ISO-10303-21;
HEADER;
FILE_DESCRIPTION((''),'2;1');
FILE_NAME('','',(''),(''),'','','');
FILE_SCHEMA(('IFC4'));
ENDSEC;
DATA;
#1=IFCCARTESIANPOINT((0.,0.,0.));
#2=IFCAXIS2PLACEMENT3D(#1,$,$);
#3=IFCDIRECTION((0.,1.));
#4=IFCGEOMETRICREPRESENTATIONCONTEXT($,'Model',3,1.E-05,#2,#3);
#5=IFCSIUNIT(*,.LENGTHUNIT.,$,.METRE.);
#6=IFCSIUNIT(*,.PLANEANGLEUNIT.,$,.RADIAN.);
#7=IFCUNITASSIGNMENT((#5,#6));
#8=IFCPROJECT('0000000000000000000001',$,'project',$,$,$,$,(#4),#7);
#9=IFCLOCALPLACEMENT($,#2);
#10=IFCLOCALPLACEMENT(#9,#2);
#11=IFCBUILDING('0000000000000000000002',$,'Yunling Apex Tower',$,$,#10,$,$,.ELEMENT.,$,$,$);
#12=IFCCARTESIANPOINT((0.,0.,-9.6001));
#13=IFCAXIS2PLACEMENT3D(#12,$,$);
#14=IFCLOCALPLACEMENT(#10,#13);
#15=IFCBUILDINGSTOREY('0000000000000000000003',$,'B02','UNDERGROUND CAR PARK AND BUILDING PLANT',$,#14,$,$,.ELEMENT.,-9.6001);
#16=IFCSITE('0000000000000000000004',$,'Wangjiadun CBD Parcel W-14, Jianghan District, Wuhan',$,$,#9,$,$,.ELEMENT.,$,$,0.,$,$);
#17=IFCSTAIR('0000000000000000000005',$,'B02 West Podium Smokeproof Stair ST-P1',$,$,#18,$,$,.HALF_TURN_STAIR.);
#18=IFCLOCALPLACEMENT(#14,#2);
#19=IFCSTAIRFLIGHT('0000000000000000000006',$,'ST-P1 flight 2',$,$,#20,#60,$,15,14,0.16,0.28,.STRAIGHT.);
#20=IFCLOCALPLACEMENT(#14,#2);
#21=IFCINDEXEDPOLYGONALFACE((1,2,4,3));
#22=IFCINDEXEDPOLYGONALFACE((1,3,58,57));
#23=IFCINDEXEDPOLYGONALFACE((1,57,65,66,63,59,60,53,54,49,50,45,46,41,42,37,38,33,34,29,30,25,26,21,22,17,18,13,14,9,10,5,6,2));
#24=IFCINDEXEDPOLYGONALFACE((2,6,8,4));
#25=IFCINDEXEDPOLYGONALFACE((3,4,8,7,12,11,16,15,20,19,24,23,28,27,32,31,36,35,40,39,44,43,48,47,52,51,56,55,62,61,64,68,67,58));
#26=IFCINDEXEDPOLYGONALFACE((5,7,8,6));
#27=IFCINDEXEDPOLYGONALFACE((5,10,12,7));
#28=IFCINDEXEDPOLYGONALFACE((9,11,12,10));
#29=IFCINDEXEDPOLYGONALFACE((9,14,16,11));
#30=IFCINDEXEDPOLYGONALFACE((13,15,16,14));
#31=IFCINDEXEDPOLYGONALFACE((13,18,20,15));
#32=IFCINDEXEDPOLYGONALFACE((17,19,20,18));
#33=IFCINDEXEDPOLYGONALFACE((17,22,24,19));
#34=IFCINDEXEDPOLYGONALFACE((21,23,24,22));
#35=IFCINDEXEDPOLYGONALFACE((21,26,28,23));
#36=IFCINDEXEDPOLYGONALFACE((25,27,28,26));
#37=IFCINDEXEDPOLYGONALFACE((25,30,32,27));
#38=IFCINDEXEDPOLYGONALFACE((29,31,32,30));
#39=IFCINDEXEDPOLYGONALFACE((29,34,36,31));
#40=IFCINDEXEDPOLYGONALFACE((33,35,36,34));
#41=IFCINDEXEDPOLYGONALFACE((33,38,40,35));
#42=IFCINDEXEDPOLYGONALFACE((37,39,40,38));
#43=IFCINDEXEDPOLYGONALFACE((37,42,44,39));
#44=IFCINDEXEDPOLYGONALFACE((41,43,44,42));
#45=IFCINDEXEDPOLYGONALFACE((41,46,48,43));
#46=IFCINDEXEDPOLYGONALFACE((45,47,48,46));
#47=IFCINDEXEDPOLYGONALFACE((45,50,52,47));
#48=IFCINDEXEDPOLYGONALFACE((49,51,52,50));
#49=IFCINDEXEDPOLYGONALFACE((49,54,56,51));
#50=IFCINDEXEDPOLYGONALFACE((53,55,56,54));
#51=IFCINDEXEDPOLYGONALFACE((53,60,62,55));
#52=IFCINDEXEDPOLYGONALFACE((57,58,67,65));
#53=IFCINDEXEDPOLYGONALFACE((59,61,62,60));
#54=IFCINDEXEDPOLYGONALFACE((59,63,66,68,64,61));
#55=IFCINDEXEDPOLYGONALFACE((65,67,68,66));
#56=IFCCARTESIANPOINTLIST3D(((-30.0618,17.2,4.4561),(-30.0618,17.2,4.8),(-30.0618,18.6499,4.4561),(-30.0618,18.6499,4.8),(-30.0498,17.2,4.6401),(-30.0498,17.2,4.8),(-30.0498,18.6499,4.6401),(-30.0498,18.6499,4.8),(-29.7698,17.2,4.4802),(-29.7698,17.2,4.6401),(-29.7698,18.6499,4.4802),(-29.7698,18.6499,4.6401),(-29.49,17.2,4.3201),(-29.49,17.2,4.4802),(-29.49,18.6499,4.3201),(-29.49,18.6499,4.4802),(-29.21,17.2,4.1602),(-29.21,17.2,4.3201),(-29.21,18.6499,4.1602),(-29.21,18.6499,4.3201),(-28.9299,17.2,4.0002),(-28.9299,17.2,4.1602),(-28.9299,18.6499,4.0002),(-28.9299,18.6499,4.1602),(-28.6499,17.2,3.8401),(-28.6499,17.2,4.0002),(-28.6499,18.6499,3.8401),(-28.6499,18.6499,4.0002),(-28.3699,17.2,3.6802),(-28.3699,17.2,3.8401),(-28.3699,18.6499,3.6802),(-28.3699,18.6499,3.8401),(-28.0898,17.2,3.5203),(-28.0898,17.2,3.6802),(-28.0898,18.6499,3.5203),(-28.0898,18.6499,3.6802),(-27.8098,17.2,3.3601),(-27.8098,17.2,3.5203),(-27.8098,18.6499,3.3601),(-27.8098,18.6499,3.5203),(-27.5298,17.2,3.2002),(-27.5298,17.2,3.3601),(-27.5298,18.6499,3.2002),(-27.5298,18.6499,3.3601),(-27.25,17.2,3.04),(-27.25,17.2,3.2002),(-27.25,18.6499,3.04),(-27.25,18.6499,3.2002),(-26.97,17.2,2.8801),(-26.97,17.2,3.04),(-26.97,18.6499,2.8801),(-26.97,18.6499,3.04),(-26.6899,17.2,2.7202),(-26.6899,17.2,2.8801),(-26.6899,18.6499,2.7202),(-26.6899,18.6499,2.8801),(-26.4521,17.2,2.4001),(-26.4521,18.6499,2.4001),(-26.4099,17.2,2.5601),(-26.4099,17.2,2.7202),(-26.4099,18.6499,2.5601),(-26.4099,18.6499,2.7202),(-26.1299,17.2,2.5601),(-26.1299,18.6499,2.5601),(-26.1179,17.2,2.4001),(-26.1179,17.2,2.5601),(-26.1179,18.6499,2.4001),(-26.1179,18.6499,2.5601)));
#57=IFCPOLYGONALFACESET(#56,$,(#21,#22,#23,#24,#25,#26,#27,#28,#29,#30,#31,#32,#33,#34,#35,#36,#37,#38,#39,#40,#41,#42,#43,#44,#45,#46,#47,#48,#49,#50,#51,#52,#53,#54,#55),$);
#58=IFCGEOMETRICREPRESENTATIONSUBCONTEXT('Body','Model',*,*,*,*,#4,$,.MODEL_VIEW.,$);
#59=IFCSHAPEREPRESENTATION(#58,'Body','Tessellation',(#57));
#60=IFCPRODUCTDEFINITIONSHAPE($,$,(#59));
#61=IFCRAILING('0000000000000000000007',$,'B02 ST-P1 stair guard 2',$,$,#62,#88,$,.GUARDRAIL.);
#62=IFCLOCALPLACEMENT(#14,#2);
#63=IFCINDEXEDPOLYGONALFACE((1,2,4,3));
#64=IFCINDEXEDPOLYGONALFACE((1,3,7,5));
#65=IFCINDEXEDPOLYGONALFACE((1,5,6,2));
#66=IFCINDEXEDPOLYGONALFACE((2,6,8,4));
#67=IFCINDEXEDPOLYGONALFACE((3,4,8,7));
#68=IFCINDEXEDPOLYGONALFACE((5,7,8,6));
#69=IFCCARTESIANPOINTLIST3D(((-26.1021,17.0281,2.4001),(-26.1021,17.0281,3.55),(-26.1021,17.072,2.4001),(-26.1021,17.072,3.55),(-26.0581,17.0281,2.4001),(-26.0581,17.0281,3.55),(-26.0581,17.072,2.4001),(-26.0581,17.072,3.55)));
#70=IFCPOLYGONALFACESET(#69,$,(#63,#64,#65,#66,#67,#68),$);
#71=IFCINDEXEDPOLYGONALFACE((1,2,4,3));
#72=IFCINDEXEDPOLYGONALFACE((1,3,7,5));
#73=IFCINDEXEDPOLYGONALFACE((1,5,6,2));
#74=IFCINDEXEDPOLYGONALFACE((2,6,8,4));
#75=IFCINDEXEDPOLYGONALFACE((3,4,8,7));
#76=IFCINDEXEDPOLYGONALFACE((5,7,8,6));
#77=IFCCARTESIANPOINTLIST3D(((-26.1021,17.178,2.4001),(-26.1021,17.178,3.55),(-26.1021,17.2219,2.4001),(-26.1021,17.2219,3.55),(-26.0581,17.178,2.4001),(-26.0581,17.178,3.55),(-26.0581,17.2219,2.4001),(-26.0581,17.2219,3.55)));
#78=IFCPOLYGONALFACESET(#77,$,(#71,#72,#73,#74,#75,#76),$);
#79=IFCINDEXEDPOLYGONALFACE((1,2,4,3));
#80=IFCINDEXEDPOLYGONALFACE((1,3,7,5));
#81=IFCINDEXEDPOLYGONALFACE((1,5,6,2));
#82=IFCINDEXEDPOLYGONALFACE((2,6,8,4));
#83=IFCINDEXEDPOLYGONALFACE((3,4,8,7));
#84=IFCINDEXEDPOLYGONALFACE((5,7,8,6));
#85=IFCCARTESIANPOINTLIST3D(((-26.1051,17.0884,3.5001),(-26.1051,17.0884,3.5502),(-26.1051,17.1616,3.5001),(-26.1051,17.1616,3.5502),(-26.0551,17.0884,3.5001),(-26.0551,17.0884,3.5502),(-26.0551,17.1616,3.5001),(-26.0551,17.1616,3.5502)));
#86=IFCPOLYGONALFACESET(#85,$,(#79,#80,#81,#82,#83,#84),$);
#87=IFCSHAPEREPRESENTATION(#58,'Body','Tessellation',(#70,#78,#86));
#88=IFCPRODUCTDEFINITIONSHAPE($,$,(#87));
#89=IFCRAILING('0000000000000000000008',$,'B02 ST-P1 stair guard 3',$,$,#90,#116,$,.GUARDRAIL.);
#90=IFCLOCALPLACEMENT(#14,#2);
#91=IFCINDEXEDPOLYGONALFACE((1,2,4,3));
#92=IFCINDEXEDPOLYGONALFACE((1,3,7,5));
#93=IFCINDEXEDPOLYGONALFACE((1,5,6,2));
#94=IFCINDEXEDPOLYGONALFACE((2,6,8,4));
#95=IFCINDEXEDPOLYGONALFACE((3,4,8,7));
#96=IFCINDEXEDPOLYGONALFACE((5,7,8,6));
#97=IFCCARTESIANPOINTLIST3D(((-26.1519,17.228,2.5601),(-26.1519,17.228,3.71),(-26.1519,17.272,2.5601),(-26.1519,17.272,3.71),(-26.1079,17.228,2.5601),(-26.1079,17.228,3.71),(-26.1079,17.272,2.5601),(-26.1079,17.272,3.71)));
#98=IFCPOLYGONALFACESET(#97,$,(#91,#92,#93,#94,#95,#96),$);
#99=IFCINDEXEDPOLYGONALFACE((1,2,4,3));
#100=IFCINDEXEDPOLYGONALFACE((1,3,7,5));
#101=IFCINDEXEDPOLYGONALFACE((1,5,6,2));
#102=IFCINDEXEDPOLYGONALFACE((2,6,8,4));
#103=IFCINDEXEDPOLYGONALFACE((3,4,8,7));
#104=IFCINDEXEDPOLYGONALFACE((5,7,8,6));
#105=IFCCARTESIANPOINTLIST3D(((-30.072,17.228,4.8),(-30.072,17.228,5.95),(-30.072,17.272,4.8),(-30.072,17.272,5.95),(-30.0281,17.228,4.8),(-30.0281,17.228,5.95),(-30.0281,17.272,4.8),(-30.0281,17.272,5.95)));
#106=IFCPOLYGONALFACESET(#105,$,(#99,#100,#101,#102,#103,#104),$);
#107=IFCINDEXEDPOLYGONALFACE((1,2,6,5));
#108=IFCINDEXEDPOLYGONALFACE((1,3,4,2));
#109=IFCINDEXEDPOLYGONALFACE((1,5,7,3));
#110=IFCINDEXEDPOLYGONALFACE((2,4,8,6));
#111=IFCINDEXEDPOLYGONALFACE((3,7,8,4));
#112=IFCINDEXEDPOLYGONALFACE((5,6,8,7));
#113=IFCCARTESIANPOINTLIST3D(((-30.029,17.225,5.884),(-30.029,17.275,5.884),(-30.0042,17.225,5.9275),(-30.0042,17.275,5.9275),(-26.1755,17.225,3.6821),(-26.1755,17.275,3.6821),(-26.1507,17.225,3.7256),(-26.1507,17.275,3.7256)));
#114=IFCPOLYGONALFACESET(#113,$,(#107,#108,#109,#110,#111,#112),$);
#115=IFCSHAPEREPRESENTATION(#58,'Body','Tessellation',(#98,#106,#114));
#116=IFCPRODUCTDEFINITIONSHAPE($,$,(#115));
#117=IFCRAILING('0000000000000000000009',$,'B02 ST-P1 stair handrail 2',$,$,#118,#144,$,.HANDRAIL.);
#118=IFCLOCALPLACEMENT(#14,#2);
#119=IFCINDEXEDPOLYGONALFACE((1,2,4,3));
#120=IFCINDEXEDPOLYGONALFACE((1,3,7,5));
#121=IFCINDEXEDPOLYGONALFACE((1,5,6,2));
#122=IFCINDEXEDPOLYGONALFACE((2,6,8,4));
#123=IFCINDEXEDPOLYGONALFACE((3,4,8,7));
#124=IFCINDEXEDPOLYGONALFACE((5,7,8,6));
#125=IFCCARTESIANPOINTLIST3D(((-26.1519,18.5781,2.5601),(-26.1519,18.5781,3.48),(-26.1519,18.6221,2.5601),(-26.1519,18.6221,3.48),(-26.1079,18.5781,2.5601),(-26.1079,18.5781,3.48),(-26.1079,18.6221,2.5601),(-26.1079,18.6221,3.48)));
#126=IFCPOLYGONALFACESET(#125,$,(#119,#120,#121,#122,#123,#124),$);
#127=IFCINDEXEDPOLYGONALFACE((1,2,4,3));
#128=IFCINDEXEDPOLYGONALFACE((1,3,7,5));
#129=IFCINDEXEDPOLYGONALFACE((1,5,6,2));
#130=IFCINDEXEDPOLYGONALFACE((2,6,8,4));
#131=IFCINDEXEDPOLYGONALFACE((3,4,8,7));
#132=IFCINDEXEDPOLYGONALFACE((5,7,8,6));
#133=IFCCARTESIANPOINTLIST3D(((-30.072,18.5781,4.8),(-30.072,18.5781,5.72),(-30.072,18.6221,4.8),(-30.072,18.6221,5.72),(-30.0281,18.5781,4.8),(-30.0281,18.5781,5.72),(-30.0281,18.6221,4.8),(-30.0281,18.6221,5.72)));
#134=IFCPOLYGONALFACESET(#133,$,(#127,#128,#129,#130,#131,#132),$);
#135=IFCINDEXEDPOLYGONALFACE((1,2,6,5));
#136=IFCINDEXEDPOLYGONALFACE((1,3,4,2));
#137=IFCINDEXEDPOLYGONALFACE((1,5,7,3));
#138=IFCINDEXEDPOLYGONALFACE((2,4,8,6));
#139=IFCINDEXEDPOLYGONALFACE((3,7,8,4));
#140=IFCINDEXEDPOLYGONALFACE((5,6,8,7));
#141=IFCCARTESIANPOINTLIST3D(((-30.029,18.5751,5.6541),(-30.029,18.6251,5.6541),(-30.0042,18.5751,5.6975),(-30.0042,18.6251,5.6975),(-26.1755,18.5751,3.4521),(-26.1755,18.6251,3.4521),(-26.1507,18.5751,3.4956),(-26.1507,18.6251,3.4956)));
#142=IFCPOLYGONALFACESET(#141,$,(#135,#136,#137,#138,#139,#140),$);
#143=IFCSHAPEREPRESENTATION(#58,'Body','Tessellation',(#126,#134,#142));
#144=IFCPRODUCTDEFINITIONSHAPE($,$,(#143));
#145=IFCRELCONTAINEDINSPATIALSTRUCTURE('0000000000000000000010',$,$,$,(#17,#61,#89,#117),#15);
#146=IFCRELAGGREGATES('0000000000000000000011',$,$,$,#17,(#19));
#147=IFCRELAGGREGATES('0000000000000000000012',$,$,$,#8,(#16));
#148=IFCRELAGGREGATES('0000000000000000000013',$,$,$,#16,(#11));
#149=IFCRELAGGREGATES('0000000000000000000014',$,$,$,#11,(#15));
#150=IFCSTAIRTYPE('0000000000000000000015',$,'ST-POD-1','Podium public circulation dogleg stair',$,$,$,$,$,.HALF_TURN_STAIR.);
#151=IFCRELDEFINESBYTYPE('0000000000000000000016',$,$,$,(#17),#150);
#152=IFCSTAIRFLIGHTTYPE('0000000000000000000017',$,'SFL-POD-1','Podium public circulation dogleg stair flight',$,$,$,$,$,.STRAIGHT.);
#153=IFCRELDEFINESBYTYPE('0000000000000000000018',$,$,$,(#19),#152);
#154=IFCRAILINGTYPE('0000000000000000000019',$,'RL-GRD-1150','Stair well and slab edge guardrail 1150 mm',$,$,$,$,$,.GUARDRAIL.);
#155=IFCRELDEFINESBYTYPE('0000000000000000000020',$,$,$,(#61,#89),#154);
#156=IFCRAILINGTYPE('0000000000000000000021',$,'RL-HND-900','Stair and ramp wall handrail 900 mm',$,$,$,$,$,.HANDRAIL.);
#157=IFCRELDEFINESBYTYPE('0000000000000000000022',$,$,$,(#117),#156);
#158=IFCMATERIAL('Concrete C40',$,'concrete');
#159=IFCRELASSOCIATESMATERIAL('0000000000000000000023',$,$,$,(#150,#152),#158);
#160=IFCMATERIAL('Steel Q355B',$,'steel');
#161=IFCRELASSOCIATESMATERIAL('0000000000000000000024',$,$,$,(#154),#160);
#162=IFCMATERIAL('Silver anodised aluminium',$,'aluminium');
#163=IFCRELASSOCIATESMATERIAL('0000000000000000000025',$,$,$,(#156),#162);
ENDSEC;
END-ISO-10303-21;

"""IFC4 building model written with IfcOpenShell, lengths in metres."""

from ifc_helpers import new_model, si_unit, direction, frame, origin, origin_2d, place, context, subcontext, project, spatial, polyline, rectangle, outline, extrude, material, type_object, element, aggregate, save


model = new_model("IFC4")

# Units and contexts
model_context = context("Model", 3, precision=1e-05, world=origin(), true_north=direction((0.0, 1.0)))
body_context = subcontext(model_context, "Body", "Model", "MODEL_VIEW")
ifc_project = project(units=[si_unit("LENGTHUNIT", "METRE"), si_unit("PLANEANGLEUNIT", "RADIAN")], contexts=[model_context])

# Site, building, storey
site_placement = place(None, origin())
site = spatial("IfcSite", under=ifc_project, at=site_placement, Name="Wangjiadun CBD Parcel W-14, Jianghan District, Wuhan", CompositionType="ELEMENT", RefElevation=0.0)
building_placement = place(site_placement, origin())
building = spatial("IfcBuilding", under=site, at=building_placement, Name="Yunling Apex Tower", CompositionType="ELEMENT")
storey_placement = place(building_placement, frame((0.0, 0.0, -9.6001)))
storey = spatial("IfcBuildingStorey", under=building, at=storey_placement, Name="B02", Description="UNDERGROUND CAR PARK AND BUILDING PLANT", CompositionType="ELEMENT", Elevation=-9.6001)

# Shared definitions
ifc_material_1 = material(Name="Steel Q355B", Category="steel")

# Shared definitions
ifc_material_2 = material(Name="Concrete C40", Category="concrete")

# Stair, stair flight
stair_type = type_object("IfcStairType", Name="ST-POD-1", Description="Podium public circulation dogleg stair", PredefinedType="HALF_TURN_STAIR", material=ifc_material_2)
stair_placement = place(storey_placement, origin())
stair = element("IfcStair", 1, at=stair_placement, inside=storey, type_object=stair_type, Name="B02 West Podium Smokeproof Stair ST-P1", PredefinedType="HALF_TURN_STAIR")
stair_flight_type = type_object("IfcStairFlightType", Name="SFL-POD-1", Description="Podium public circulation dogleg stair flight", PredefinedType="STRAIGHT", material=ifc_material_2)
stair_flight_placement = place(storey_placement, frame((-26.1299, 17.925, 2.4001), z_axis=(0.0, 0.0, 1.0), x_axis=(-1.0, 0.0, 0.0)))
stair_flight = element("IfcStairFlight", 2, at=stair_flight_placement, type_object=stair_flight_type, Name="ST-P1 flight 2", NumberOfRisers=15, NumberOfTreads=14, PredefinedType="STRAIGHT", RiserHeight=0.16, TreadLength=0.28, context=body_context, shape_type="SweptSolid", body=[
    extrude(outline(polyline([(-0.012, 0.0), (-0.012, 0.1599), (0.0, 0.1599), (0.28, 0.1599), (0.28, 0.3201), (0.5601, 0.3201), (0.5601, 0.48), (0.8401, 0.48), (0.8401, 0.6399), (1.1201, 0.6399), (1.1201, 0.8), (1.3999, 0.8), (1.3999, 0.96), (1.6799, 0.96), (1.6799, 1.1201), (1.96, 1.1201), (1.96, 1.28), (2.24, 1.28), (2.24, 1.4399), (2.52, 1.4399), (2.52, 1.6001), (2.8, 1.6001), (2.8, 1.76), (3.0801, 1.76), (3.0801, 1.9199), (3.3601, 1.9199), (3.3601, 2.0801), (3.6399, 2.0801), (3.6399, 2.24), (3.9199, 2.24), (3.9199, 2.3999), (3.9319, 2.3999), (3.9319, 2.0559), (0.3223, 0.0), (-0.012, 0.0)])), frame((0.0, 0.7251, 0.0), z_axis=(0.0, -1.0, 0.0), x_axis=(1.0, 0.0, 0.0)), (0.0, 0.0, 1.0), 1.45),
])
aggregate(stair, [stair_flight])

# Railings
railing_type_1 = type_object("IfcRailingType", Name="RL-GRD-1150", Description="Stair well and slab edge guardrail 1150 mm", PredefinedType="GUARDRAIL", material=ifc_material_1)
railing_1_placement = place(storey_placement, frame((-26.0801, 17.05, 2.4001)))
element("IfcRailing", 3, at=railing_1_placement, inside=storey, type_object=railing_type_1, Name="B02 ST-P1 stair guard 2", PredefinedType="GUARDRAIL", context=body_context, shape_type="SweptSolid", body=[
    extrude(rectangle(XDim=0.0439, YDim=0.0439, at=origin_2d()), origin(), (0.0, 0.0, 1.0), 1.1499),
    extrude(rectangle(XDim=0.0439, YDim=0.0439, at=origin_2d()), frame((0.0, 0.1499, 0.0)), (0.0, 0.0, 1.0), 1.1499),
    extrude(rectangle(XDim=0.05, YDim=0.05, at=origin_2d()), frame((0.0, 0.0383, 1.125), z_axis=(0.0, 1.0, 0.0), x_axis=(-1.0, 0.0, 0.0)), (0.0, 0.0, 1.0), 0.0732),
])
railing_2_placement = place(storey_placement, frame((-26.1299, 17.25, 2.5601)))
element("IfcRailing", 4, at=railing_2_placement, inside=storey, type_object=railing_type_1, Name="B02 ST-P1 stair guard 3", PredefinedType="GUARDRAIL", context=body_context, shape_type="SweptSolid", body=[
    extrude(rectangle(XDim=0.0439, YDim=0.0439, at=origin_2d()), origin(), (0.0, 0.0, 1.0), 1.1499),
    extrude(rectangle(XDim=0.0439, YDim=0.0439, at=origin_2d()), frame((-3.9202, 0.0, 2.24)), (0.0, 0.0, 1.0), 1.1499),
    extrude(rectangle(XDim=0.05, YDim=0.05, at=origin_2d()), frame((-0.0332, 0.0, 1.1438), z_axis=(-0.868253, 0.0, 0.496121), x_axis=(0.0, -1.0, 0.0)), (0.0, 0.0, 1.0), 4.4382),
])
ifc_material_3 = material(Name="Silver anodised aluminium", Category="aluminium")
railing_type_2 = type_object("IfcRailingType", Name="RL-HND-900", Description="Stair and ramp wall handrail 900 mm", PredefinedType="HANDRAIL", material=ifc_material_3)
railing_3_placement = place(storey_placement, frame((-26.1299, 18.6001, 2.5601)))
element("IfcRailing", 5, at=railing_3_placement, inside=storey, type_object=railing_type_2, Name="B02 ST-P1 stair handrail 2", PredefinedType="HANDRAIL", context=body_context, shape_type="SweptSolid", body=[
    extrude(rectangle(XDim=0.0439, YDim=0.0439, at=origin_2d()), origin(), (0.0, 0.0, 1.0), 0.9199),
    extrude(rectangle(XDim=0.0439, YDim=0.0439, at=origin_2d()), frame((-3.9202, 0.0, 2.24)), (0.0, 0.0, 1.0), 0.9199),
    extrude(rectangle(XDim=0.05, YDim=0.05, at=origin_2d()), frame((-0.0332, 0.0, 0.9138), z_axis=(-0.868253, 0.0, 0.496121), x_axis=(0.0, -1.0, 0.0)), (0.0, 0.0, 1.0), 4.4382),
])

save(model, "model.ifc")
